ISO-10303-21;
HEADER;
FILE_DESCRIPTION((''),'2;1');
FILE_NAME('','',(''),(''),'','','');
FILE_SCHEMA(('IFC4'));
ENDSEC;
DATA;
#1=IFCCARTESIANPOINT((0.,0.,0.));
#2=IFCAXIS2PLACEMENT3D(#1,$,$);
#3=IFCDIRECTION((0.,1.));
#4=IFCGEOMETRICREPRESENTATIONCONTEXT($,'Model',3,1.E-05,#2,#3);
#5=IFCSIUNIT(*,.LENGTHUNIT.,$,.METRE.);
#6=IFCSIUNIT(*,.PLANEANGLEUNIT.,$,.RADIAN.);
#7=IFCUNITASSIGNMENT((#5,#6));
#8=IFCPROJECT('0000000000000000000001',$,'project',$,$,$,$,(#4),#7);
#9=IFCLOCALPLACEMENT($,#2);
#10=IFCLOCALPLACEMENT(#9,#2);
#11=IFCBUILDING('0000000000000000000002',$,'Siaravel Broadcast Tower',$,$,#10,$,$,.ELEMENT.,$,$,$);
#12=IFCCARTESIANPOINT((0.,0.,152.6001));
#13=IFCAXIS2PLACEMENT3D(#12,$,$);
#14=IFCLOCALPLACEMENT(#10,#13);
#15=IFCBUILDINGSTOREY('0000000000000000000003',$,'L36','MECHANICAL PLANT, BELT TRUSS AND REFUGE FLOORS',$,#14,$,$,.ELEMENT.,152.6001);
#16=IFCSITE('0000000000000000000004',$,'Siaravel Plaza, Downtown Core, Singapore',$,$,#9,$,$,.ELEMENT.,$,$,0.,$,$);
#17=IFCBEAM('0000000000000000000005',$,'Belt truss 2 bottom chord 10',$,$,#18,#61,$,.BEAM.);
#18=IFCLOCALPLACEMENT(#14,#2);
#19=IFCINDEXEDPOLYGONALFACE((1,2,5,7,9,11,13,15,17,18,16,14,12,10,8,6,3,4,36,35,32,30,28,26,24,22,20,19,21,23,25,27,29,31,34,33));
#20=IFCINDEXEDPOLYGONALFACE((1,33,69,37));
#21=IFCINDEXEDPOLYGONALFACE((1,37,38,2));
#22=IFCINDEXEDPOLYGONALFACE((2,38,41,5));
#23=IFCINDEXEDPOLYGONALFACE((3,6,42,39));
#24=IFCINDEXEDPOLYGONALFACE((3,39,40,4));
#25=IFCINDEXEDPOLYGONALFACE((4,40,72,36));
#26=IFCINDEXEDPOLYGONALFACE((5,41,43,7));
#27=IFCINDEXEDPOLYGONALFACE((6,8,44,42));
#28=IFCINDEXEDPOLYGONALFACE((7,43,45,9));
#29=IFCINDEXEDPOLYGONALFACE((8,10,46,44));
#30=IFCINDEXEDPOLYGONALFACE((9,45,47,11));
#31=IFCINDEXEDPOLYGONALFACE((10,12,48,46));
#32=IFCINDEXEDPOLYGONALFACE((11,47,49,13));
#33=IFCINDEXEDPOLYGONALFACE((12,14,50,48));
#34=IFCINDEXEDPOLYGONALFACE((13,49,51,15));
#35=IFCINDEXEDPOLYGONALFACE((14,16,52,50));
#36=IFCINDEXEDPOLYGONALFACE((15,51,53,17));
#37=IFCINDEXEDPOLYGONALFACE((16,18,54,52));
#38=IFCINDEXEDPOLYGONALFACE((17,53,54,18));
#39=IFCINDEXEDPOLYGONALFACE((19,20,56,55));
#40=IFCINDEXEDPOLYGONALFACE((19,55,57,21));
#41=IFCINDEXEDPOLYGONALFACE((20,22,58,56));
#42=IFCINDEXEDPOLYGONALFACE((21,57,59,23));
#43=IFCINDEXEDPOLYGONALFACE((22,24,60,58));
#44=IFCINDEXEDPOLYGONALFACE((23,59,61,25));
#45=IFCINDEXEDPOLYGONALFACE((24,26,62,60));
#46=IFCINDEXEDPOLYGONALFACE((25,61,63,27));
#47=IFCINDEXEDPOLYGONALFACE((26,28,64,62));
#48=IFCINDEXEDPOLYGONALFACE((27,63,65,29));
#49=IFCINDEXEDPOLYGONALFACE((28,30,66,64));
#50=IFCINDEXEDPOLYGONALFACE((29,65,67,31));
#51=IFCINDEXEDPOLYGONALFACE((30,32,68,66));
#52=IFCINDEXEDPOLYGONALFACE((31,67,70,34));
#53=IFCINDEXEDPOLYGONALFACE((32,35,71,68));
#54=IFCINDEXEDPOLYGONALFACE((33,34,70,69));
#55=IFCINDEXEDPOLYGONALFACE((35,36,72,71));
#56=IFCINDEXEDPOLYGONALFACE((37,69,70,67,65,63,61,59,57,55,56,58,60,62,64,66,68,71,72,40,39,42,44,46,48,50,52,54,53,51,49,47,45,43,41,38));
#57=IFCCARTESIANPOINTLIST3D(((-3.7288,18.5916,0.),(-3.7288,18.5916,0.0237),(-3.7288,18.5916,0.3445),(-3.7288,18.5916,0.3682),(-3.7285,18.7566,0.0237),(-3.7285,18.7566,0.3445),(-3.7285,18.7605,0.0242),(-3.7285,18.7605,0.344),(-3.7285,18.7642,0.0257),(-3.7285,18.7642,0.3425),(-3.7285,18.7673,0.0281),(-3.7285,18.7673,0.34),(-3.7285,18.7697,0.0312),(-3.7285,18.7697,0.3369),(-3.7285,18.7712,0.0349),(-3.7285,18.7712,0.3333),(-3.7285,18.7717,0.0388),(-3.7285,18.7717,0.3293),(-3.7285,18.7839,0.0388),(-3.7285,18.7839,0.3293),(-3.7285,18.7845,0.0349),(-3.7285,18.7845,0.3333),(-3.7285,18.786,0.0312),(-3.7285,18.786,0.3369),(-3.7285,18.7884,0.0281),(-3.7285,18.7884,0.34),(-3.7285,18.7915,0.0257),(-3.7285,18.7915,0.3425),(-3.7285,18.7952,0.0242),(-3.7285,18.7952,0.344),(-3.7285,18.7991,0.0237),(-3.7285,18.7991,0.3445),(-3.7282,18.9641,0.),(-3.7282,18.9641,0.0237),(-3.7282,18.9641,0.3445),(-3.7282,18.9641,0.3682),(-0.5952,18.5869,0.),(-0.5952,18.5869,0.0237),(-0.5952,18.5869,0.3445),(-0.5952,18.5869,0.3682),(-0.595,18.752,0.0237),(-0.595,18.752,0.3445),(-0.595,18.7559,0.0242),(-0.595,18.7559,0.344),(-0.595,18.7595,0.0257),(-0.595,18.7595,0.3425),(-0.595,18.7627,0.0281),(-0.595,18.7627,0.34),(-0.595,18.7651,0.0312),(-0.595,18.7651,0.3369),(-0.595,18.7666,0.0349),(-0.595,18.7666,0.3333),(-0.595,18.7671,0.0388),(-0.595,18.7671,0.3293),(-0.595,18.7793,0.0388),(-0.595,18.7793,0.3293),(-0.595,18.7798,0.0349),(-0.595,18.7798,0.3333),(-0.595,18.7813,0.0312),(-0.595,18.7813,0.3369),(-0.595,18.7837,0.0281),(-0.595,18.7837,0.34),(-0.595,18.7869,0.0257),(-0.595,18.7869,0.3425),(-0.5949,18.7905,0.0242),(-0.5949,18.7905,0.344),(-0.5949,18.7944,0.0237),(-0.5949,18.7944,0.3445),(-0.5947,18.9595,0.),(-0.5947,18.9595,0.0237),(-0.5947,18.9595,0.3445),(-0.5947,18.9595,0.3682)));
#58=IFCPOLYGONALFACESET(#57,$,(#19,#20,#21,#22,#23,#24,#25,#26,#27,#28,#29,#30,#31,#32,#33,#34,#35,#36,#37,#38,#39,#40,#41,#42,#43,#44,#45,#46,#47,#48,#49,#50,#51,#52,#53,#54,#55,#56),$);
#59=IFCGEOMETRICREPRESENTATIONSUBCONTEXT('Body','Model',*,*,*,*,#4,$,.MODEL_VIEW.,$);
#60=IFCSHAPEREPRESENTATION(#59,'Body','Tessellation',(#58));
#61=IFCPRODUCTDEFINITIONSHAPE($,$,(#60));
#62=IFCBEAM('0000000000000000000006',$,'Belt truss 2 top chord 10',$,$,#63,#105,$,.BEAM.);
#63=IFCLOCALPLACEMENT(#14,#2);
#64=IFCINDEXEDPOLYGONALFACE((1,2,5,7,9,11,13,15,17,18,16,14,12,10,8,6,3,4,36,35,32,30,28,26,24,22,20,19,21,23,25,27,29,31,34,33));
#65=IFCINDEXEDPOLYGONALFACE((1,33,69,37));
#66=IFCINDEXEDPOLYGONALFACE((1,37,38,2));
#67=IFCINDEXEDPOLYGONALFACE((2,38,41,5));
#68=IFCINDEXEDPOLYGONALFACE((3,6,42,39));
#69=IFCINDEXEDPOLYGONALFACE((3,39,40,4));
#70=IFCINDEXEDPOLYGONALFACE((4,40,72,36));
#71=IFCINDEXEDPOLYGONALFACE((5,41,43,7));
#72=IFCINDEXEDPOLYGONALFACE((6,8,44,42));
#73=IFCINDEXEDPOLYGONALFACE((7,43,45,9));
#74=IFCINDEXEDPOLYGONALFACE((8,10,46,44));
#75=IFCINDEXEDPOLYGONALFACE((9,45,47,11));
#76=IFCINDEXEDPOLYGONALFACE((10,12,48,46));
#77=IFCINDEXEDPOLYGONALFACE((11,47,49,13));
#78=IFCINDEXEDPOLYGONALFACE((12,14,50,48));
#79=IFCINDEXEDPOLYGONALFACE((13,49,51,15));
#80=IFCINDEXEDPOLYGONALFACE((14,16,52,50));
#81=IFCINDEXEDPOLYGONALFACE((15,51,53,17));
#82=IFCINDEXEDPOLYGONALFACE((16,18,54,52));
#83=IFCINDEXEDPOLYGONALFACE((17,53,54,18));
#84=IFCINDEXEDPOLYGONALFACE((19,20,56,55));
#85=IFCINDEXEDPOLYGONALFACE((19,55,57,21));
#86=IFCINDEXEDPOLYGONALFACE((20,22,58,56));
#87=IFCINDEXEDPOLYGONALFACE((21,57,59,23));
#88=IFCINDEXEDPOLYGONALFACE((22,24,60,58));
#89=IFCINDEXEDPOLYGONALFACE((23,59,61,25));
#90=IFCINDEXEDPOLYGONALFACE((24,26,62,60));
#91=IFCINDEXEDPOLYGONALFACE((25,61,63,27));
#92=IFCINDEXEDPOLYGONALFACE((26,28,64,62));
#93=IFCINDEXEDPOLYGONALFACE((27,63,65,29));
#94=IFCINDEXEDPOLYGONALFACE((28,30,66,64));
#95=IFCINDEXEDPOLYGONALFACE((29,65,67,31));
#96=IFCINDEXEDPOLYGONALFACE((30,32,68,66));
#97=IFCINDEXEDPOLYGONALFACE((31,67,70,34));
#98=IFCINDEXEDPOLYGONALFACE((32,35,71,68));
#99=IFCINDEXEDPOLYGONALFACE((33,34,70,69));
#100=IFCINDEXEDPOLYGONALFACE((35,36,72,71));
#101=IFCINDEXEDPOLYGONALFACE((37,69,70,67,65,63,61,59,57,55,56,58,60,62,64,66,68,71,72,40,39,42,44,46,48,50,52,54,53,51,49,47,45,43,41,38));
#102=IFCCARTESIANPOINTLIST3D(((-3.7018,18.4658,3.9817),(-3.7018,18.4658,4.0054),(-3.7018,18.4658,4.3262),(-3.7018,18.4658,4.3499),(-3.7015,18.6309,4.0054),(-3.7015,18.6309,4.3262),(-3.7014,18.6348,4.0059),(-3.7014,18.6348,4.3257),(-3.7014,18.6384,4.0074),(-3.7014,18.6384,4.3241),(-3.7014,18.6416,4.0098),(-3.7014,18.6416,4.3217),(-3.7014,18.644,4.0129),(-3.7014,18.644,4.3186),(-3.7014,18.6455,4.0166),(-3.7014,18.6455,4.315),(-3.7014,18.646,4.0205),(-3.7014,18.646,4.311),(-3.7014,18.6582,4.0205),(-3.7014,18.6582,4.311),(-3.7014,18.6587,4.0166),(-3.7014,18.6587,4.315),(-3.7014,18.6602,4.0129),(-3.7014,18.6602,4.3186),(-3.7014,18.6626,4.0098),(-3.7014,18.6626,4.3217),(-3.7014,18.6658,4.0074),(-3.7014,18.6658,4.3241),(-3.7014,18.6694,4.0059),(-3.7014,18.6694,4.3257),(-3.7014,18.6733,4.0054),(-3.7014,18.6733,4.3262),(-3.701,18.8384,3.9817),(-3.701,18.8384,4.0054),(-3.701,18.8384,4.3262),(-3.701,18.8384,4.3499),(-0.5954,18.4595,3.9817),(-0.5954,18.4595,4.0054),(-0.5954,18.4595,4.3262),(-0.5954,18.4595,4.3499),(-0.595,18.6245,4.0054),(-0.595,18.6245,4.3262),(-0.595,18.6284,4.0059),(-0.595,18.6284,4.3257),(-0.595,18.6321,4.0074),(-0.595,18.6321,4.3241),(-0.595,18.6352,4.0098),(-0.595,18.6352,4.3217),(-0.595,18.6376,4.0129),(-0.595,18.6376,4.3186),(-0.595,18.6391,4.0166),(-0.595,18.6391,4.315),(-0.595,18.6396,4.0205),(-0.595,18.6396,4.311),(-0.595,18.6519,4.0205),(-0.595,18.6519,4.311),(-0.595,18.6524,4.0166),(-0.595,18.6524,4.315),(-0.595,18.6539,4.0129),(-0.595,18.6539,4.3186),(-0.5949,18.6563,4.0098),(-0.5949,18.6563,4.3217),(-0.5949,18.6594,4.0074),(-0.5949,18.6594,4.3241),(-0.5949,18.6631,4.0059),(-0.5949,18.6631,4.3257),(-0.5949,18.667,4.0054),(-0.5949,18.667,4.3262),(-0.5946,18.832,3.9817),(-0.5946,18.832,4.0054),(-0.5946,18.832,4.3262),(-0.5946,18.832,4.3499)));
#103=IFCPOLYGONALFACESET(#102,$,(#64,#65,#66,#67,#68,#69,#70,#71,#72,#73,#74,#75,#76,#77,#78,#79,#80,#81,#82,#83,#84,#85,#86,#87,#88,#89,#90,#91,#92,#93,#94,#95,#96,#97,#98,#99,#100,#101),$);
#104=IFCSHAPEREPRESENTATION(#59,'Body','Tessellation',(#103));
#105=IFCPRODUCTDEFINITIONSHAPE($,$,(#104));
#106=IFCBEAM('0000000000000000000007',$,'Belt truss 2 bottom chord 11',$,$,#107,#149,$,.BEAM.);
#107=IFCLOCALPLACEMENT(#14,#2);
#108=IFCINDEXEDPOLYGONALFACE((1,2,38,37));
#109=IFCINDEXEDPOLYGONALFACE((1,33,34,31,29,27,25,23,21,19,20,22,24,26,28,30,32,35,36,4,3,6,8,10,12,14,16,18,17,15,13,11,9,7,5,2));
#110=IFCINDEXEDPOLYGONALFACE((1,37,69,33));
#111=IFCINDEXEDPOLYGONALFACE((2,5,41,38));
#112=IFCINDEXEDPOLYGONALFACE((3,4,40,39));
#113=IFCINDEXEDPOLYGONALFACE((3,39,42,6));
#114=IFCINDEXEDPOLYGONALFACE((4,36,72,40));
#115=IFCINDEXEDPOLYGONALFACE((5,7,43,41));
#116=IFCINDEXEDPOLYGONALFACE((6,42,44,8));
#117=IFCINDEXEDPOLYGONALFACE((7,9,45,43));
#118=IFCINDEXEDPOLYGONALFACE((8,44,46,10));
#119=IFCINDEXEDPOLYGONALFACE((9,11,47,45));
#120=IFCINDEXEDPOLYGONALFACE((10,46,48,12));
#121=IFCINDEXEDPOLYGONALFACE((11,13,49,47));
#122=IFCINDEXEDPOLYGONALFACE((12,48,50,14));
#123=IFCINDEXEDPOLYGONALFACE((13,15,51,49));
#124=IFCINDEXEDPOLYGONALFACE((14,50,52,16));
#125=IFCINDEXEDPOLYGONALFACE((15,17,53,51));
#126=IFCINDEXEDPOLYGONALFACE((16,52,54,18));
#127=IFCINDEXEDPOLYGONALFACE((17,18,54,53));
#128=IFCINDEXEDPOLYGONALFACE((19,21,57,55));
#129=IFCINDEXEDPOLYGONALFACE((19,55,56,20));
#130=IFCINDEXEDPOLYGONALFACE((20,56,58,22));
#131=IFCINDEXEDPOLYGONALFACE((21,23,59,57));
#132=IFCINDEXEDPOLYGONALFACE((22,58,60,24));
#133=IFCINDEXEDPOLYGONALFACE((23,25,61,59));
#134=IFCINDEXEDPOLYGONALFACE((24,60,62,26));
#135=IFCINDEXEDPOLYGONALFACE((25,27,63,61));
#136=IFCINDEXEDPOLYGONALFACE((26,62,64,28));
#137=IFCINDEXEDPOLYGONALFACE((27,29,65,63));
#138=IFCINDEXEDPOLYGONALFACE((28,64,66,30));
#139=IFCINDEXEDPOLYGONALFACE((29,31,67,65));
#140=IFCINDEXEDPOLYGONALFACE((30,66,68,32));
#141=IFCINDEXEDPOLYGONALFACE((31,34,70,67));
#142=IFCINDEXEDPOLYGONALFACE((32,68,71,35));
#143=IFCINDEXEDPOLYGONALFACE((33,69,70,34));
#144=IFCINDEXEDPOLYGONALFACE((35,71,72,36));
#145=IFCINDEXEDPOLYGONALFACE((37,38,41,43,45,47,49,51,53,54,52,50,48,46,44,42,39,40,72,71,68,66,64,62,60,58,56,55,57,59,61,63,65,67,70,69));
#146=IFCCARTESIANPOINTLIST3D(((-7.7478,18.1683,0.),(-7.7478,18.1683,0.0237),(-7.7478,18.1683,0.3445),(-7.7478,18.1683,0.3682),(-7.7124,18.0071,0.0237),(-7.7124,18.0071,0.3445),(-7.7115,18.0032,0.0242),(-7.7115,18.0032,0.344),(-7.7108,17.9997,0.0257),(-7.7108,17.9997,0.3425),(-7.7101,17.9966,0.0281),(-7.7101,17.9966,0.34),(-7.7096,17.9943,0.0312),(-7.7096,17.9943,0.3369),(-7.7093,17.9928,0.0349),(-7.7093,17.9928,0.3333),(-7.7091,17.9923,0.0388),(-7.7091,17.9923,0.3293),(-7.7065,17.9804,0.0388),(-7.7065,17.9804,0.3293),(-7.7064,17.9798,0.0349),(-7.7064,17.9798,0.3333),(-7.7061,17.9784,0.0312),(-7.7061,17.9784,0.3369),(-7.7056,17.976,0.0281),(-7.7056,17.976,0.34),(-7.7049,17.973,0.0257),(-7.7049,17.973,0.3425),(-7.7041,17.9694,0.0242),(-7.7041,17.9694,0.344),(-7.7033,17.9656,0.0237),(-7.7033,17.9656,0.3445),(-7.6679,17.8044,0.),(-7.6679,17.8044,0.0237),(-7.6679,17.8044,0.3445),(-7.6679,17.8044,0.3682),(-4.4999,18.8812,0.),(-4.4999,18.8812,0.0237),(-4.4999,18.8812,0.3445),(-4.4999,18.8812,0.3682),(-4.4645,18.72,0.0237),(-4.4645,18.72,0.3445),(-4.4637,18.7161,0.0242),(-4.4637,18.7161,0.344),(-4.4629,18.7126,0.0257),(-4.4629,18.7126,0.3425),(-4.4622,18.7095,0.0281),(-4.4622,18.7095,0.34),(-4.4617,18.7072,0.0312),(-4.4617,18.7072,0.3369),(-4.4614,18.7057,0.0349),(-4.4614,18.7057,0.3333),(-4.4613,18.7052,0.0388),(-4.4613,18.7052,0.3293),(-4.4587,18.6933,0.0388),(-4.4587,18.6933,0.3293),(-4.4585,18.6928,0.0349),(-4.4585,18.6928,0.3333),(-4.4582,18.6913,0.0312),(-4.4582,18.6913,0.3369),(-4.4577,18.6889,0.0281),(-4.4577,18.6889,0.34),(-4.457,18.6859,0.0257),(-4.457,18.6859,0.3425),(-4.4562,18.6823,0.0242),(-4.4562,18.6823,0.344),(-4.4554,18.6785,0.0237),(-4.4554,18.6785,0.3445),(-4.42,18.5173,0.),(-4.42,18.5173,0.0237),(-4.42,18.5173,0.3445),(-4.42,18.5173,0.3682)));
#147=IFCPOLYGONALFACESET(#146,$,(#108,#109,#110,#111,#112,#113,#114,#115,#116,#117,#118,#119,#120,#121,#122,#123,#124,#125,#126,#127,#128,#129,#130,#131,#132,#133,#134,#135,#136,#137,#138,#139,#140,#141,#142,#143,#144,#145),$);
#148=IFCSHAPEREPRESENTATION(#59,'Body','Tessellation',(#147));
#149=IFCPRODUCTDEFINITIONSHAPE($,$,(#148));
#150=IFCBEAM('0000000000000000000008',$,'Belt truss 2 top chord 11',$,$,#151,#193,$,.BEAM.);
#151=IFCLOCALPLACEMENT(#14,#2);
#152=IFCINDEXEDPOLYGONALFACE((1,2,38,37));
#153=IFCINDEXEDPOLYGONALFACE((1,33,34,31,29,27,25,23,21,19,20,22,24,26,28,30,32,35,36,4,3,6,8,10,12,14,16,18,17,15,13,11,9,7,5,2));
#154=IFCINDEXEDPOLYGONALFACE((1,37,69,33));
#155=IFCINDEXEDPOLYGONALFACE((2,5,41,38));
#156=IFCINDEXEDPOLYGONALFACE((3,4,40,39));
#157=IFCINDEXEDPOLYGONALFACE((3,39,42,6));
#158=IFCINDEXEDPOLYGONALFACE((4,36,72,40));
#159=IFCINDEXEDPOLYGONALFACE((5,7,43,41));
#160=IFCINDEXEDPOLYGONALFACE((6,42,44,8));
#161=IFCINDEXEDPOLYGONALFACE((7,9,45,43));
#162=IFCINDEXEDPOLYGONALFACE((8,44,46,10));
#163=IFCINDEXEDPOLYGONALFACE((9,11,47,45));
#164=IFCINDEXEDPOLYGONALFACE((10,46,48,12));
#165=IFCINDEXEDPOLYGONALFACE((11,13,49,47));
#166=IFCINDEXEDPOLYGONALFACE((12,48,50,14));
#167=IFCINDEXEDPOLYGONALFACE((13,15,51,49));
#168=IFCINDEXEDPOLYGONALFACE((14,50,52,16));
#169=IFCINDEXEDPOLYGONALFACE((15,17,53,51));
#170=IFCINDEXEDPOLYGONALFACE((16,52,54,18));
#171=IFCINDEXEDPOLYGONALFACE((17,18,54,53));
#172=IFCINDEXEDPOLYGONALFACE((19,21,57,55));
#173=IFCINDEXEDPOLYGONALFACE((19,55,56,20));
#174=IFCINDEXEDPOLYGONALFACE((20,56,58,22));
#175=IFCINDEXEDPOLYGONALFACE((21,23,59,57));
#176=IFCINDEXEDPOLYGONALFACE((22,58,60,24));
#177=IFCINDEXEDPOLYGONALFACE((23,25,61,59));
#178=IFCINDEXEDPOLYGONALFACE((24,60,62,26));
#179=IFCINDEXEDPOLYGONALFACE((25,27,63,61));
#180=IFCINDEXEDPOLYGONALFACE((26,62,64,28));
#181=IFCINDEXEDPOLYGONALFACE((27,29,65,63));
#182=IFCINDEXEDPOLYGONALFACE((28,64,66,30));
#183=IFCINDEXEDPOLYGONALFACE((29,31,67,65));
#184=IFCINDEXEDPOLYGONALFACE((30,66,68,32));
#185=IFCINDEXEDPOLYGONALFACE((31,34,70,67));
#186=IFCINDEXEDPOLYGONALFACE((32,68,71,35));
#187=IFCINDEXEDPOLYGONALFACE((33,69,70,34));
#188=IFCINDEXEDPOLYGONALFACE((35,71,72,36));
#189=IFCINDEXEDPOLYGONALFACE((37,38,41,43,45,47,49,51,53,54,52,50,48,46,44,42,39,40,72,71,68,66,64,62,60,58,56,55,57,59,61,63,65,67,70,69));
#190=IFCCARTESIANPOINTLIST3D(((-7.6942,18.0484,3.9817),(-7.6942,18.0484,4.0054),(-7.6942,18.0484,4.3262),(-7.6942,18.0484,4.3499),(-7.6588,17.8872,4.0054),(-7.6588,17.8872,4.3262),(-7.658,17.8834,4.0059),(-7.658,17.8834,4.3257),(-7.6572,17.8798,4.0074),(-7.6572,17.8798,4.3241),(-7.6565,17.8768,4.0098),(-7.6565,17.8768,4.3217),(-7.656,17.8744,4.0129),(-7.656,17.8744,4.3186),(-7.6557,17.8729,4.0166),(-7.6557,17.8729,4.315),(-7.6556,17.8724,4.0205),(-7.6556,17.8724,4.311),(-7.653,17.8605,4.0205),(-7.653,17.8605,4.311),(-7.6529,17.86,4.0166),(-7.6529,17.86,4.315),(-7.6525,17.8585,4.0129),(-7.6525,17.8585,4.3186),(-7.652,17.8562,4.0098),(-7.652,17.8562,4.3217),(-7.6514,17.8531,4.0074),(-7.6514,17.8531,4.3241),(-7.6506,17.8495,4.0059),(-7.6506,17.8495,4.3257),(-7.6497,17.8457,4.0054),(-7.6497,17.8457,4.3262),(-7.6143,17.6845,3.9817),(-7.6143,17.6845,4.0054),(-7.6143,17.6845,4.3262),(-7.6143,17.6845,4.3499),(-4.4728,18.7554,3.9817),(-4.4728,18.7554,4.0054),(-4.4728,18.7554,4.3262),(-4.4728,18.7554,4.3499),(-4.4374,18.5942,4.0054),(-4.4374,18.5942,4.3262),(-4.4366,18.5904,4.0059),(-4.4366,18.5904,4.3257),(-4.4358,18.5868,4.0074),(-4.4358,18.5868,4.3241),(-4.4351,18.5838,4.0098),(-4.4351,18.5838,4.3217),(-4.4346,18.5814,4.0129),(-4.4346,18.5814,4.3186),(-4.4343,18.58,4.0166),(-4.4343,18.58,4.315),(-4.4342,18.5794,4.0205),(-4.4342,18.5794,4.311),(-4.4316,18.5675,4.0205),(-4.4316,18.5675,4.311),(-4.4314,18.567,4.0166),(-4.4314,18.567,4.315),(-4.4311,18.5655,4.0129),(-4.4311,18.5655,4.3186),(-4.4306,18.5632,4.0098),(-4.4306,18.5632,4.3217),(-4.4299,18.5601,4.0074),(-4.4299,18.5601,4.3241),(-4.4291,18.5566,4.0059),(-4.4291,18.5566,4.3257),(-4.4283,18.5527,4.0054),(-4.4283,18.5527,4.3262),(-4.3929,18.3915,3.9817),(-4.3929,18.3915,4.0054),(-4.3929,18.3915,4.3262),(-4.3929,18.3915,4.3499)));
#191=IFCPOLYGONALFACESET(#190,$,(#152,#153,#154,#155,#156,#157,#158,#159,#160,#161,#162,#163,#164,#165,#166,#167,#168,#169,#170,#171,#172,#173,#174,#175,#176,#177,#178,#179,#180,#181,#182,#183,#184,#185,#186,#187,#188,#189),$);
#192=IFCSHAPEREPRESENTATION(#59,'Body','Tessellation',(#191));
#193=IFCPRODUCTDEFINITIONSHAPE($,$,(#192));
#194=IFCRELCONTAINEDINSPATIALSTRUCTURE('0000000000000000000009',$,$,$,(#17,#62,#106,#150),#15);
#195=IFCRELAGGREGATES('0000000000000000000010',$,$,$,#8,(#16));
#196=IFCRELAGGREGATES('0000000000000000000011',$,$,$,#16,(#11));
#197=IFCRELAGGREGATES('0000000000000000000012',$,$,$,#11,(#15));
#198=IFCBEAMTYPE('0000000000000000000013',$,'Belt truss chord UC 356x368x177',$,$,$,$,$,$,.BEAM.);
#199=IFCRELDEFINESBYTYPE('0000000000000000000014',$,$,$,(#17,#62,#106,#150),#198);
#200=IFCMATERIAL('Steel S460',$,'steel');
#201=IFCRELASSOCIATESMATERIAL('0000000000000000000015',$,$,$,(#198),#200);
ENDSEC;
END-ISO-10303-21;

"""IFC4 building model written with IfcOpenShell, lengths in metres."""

from ifc_helpers import new_model, si_unit, direction, frame, origin, origin_2d, place, context, subcontext, project, spatial, i_section, extrude, material, material_profile, profile_set, type_object, element, save


model = new_model("IFC4")

# Units and contexts
model_context = context("Model", 3, precision=1e-05, world=origin(), true_north=direction((0.0, 1.0)))
body_context = subcontext(model_context, "Body", "Model", "MODEL_VIEW")
ifc_project = project(units=[si_unit("LENGTHUNIT", "METRE"), si_unit("PLANEANGLEUNIT", "RADIAN")], contexts=[model_context])

# Site, building, storey
site_placement = place(None, origin())
site = spatial("IfcSite", under=ifc_project, at=site_placement, Name="Siaravel Plaza, Downtown Core, Singapore", CompositionType="ELEMENT", RefElevation=0.0)
building_placement = place(site_placement, origin())
building = spatial("IfcBuilding", under=site, at=building_placement, Name="Siaravel Broadcast Tower", CompositionType="ELEMENT")
storey_placement = place(building_placement, frame((0.0, 0.0, 152.6001)))
storey = spatial("IfcBuildingStorey", under=building, at=storey_placement, Name="L36", Description="MECHANICAL PLANT, BELT TRUSS AND REFUGE FLOORS", CompositionType="ELEMENT", Elevation=152.6001)

# Beams
ifc_material_1 = material(Name="Steel S460", Category="steel")
ifc_material_profile_1 = material_profile(ifc_material_1, i_section(OverallWidth=0.3726, OverallDepth=0.3682, WebThickness=0.0122, FlangeThickness=0.0237, FilletRadius=0.0151, at=origin_2d()))
ifc_profile_set_1 = profile_set([ifc_material_profile_1], Name="Steel S460")
beam_type_1 = type_object("IfcBeamType", Name="Belt truss chord UC 356x368x177", PredefinedType="BEAM", material=ifc_profile_set_1)
beam_1_placement = place(storey_placement, frame((-0.595, 18.7732, 0.1841), z_axis=(-0.999999, 0.00148, 0.0), x_axis=(-0.00148, -0.999999, 0.0)))
element("IfcBeam", 1, at=beam_1_placement, inside=storey, type_object=beam_type_1, Name="Belt truss 2 bottom chord 10", PredefinedType="BEAM", context=body_context, shape_type="SweptSolid", body=[
    extrude(i_section(OverallWidth=0.3726, OverallDepth=0.3682, WebThickness=0.0122, FlangeThickness=0.0237, FilletRadius=0.0151, at=origin_2d()), origin(), (0.0, 0.0, 1.0), 3.1335),
])
beam_2_placement = place(storey_placement, frame((-0.595, 18.6458, 4.1658), z_axis=(-0.999998, 0.002043, 0.0), x_axis=(-0.002043, -0.999998, 0.0)))
element("IfcBeam", 2, at=beam_2_placement, inside=storey, type_object=beam_type_1, Name="Belt truss 2 top chord 10", PredefinedType="BEAM", context=body_context, shape_type="SweptSolid", body=[
    extrude(i_section(OverallWidth=0.3726, OverallDepth=0.3682, WebThickness=0.0122, FlangeThickness=0.0237, FilletRadius=0.0151, at=origin_2d()), origin(), (0.0, 0.0, 1.0), 3.1064),
])
beam_3_placement = place(storey_placement, frame((-4.46, 18.6992, 0.1841), z_axis=(-0.976747, -0.214395, 0.0), x_axis=(0.214395, -0.976747, 0.0)))
element("IfcBeam", 3, at=beam_3_placement, inside=storey, type_object=beam_type_1, Name="Belt truss 2 bottom chord 11", PredefinedType="BEAM", context=body_context, shape_type="SweptSolid", body=[
    extrude(i_section(OverallWidth=0.3726, OverallDepth=0.3682, WebThickness=0.0122, FlangeThickness=0.0237, FilletRadius=0.0151, at=origin_2d()), origin(), (0.0, 0.0, 1.0), 3.3252),
])
beam_4_placement = place(storey_placement, frame((-4.4329, 18.5735, 4.1658), z_axis=(-0.976752, -0.214375, 0.0), x_axis=(0.214375, -0.976752, 0.0)))
element("IfcBeam", 4, at=beam_4_placement, inside=storey, type_object=beam_type_1, Name="Belt truss 2 top chord 11", PredefinedType="BEAM", context=body_context, shape_type="SweptSolid", body=[
    extrude(i_section(OverallWidth=0.3726, OverallDepth=0.3682, WebThickness=0.0122, FlangeThickness=0.0237, FilletRadius=0.0151, at=origin_2d()), origin(), (0.0, 0.0, 1.0), 3.2981),
])

save(model, "model.ifc")
